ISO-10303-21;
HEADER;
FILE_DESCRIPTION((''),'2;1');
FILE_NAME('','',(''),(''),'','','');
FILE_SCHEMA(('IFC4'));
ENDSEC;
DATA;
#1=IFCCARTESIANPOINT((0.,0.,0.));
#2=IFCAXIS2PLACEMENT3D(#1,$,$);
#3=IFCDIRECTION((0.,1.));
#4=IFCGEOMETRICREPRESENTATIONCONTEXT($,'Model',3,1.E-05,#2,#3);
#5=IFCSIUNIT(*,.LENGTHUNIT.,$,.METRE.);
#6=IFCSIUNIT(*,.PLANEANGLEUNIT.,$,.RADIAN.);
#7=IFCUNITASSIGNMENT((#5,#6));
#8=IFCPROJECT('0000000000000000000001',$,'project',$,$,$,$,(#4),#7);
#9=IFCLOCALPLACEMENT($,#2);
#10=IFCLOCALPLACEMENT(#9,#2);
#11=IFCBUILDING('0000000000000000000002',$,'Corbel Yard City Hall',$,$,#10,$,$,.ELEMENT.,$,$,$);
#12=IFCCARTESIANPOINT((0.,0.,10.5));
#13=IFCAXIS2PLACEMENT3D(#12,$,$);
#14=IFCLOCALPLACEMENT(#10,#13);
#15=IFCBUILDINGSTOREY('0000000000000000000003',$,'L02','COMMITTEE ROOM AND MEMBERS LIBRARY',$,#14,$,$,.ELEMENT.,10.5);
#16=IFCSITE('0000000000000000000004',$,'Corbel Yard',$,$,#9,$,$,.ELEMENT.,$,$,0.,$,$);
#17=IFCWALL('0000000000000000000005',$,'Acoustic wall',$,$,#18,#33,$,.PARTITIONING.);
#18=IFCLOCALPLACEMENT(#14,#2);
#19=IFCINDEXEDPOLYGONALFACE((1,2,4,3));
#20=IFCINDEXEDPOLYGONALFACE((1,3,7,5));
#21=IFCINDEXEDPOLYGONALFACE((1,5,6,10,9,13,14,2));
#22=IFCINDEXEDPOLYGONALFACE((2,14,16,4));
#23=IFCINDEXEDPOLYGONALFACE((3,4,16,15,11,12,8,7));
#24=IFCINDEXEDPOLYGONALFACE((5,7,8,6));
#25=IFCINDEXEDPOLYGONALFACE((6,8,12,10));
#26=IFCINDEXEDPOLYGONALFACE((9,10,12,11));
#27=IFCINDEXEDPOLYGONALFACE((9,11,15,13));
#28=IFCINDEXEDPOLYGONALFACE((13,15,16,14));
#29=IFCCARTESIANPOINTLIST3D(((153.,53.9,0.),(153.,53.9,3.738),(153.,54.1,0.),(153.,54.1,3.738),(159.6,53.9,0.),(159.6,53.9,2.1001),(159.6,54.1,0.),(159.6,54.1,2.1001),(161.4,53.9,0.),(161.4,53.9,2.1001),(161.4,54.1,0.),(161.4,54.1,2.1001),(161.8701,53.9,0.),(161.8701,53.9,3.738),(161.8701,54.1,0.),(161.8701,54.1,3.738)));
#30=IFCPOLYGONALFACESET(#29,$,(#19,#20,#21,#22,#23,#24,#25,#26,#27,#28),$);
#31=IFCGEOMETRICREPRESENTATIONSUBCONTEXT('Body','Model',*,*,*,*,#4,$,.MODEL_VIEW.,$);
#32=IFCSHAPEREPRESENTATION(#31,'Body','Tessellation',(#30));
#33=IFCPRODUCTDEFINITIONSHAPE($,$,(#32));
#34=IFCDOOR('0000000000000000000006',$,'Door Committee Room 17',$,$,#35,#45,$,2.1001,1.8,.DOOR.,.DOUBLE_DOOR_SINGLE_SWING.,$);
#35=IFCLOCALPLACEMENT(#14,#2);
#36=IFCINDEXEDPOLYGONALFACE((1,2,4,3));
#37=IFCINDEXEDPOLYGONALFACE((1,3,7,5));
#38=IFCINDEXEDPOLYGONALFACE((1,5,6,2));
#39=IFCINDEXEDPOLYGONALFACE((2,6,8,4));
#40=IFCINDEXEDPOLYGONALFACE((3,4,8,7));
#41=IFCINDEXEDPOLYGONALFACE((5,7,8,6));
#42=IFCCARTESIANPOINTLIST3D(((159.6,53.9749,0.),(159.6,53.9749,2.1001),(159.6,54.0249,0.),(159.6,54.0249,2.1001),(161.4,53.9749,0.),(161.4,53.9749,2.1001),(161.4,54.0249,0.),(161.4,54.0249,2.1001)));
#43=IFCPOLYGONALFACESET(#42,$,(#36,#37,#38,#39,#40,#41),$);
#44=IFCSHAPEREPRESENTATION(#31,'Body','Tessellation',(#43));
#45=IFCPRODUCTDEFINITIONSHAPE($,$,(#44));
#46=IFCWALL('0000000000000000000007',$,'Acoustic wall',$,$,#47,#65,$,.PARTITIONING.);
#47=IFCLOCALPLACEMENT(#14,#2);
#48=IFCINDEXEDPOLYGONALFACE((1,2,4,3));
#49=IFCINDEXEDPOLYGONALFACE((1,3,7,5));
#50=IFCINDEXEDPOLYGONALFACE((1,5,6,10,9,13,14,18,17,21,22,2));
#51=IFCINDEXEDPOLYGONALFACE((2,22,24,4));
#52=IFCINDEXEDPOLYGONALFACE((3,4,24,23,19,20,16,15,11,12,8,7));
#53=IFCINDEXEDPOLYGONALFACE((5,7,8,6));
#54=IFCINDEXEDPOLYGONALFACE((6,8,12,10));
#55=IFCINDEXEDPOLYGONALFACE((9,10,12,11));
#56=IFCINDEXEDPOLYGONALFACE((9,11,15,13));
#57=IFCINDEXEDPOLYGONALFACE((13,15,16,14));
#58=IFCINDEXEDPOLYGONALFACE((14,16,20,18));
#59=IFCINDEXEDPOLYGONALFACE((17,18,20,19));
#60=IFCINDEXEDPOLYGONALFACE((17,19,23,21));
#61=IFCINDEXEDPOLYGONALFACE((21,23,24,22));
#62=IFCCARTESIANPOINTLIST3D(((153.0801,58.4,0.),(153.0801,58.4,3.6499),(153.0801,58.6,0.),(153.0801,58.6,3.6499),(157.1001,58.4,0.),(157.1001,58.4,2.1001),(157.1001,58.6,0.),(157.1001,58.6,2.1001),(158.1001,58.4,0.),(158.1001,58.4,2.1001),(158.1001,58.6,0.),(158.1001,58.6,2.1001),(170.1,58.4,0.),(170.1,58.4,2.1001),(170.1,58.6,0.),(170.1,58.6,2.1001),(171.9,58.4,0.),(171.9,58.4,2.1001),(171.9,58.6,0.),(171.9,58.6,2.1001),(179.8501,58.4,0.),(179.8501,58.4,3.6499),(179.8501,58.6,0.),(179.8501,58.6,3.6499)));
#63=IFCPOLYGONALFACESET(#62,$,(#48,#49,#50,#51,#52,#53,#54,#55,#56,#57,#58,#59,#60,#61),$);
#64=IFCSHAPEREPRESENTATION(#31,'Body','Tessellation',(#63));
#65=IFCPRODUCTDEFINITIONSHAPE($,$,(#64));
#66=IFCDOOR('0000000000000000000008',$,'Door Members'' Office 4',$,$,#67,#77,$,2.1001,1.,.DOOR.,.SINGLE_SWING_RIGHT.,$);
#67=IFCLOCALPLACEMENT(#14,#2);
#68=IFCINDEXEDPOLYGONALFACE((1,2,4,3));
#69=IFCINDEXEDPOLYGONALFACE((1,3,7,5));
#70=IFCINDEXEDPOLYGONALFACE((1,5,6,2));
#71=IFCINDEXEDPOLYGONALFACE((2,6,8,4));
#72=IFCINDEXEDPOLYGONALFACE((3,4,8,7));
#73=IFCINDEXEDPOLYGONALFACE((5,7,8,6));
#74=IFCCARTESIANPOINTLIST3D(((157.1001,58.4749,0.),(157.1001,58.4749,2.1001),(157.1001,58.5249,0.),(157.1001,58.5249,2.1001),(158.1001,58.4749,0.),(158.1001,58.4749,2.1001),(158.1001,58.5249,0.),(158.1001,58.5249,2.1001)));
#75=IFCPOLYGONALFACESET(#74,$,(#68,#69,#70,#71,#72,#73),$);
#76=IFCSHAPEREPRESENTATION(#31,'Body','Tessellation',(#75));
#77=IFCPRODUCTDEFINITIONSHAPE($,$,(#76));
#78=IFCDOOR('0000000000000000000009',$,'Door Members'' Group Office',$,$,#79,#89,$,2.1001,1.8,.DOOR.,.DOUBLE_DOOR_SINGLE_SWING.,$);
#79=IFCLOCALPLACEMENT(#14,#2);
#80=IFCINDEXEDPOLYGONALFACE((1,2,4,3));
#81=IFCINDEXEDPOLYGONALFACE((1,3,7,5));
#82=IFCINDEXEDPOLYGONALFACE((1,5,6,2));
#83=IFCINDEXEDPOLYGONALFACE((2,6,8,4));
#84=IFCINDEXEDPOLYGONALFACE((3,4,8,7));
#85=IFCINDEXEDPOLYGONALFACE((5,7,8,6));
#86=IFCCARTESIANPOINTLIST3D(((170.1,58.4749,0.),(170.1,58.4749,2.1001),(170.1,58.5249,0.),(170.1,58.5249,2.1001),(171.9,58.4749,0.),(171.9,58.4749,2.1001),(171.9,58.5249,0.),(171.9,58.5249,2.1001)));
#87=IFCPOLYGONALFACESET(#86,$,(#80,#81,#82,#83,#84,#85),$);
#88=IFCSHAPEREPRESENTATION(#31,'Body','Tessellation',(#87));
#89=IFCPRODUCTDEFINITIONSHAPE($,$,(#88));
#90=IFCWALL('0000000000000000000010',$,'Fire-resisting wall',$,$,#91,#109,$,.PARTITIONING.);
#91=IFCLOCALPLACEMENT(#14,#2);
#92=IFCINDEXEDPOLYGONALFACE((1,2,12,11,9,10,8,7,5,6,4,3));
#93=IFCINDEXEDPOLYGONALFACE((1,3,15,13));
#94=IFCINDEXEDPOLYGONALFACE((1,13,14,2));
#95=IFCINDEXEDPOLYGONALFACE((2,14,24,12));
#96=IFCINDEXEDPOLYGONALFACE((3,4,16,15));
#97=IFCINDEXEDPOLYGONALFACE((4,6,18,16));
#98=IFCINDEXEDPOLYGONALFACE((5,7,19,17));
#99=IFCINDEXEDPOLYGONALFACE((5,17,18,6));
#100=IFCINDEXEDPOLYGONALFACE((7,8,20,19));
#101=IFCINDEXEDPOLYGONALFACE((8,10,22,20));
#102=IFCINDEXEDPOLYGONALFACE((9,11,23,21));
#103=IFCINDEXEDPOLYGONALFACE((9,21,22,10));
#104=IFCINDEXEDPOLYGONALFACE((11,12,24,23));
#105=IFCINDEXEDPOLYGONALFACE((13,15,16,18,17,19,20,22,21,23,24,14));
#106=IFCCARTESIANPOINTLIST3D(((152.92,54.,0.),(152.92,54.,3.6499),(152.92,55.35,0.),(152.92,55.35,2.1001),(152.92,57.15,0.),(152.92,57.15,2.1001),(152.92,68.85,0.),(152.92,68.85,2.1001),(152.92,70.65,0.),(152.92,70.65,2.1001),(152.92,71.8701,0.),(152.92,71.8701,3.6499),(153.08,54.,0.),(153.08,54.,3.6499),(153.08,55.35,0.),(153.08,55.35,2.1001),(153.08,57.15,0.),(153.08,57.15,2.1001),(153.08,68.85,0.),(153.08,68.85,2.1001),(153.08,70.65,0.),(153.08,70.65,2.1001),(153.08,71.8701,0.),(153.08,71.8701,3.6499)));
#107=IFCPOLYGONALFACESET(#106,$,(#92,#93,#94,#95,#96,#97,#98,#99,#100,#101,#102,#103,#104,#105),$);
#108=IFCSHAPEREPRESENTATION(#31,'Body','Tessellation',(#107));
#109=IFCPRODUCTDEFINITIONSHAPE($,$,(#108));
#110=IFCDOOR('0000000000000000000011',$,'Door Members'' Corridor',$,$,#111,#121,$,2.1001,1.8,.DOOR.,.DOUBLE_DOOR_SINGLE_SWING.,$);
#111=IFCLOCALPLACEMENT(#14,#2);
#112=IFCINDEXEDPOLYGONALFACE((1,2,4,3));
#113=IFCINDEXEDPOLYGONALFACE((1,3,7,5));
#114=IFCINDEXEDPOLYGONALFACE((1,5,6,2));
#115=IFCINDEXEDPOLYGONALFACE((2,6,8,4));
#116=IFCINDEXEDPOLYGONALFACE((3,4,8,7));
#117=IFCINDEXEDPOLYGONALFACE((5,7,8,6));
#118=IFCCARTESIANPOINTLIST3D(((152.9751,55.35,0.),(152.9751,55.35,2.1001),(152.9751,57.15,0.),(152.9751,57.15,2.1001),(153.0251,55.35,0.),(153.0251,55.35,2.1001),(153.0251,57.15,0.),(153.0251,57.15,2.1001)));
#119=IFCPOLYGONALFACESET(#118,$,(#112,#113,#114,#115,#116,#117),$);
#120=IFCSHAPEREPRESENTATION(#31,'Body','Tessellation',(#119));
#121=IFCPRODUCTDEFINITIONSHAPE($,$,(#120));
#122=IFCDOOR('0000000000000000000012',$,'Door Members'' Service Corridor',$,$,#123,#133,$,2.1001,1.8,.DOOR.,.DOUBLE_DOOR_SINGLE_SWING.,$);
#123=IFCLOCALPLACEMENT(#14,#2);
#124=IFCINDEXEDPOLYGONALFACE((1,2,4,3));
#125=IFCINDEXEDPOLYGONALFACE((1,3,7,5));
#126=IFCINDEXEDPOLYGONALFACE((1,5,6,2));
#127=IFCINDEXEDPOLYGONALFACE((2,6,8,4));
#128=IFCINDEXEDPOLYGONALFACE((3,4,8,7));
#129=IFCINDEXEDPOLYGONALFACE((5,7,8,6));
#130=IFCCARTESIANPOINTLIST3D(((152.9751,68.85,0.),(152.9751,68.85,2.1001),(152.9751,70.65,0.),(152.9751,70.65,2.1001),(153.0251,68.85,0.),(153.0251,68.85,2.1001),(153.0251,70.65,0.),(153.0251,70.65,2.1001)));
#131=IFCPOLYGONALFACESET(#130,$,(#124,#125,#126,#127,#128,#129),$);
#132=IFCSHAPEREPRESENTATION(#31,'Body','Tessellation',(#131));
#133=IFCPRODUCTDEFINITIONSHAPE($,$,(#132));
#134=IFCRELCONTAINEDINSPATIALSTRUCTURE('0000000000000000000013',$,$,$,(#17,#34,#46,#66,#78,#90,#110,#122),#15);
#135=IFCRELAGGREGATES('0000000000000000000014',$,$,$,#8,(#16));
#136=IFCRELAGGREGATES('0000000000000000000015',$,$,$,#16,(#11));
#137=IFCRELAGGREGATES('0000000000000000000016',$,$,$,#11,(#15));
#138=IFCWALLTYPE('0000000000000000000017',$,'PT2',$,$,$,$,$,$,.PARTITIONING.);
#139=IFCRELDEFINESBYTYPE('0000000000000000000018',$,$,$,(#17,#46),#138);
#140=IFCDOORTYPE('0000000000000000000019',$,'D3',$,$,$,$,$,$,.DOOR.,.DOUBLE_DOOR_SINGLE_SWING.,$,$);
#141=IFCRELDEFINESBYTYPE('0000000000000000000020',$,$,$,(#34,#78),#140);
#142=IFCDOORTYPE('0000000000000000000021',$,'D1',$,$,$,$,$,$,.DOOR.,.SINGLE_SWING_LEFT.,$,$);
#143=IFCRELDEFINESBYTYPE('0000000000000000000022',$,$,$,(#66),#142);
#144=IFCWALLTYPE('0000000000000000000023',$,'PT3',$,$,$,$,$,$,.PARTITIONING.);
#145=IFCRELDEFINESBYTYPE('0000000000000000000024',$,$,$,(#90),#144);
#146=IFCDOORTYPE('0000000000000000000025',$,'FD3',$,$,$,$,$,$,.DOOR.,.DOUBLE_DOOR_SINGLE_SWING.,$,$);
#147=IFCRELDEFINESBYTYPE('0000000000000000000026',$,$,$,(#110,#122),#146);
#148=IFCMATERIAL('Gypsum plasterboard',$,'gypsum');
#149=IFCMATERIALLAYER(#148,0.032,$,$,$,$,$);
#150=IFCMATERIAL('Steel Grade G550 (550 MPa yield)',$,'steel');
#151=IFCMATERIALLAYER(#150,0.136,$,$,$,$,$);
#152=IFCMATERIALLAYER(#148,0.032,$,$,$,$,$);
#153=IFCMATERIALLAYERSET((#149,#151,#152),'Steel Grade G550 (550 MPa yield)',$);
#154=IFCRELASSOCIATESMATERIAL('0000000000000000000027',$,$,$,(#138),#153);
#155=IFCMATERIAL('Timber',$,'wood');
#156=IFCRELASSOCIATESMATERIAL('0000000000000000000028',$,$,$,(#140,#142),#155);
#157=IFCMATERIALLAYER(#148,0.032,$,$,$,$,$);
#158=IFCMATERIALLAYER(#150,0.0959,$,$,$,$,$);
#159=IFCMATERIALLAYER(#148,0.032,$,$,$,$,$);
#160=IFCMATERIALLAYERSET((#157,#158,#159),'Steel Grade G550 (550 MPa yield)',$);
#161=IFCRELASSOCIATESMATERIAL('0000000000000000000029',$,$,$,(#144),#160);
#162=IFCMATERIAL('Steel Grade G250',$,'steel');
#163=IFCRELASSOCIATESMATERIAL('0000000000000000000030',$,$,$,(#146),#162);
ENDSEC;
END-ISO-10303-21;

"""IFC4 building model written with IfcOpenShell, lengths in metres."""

from ifc_helpers import new_model, si_unit, direction, frame, frame_2d, origin, place, context, subcontext, project, spatial, rectangle, extrude, material, layer, layer_set, type_object, element, fill, save


model = new_model("IFC4")

# Units and contexts
model_context = context("Model", 3, precision=1e-05, world=origin(), true_north=direction((0.0, 1.0)))
body_context = subcontext(model_context, "Body", "Model", "MODEL_VIEW")
ifc_project = project(units=[si_unit("LENGTHUNIT", "METRE"), si_unit("PLANEANGLEUNIT", "RADIAN")], contexts=[model_context])

# Site, building, storey
site_placement = place(None, origin())
site = spatial("IfcSite", under=ifc_project, at=site_placement, Name="Corbel Yard", CompositionType="ELEMENT", RefElevation=0.0)
building_placement = place(site_placement, origin())
building = spatial("IfcBuilding", under=site, at=building_placement, Name="Corbel Yard City Hall", CompositionType="ELEMENT")
storey_placement = place(building_placement, frame((0.0, 0.0, 10.5)))
storey = spatial("IfcBuildingStorey", under=building, at=storey_placement, Name="L02", Description="COMMITTEE ROOM AND MEMBERS LIBRARY", CompositionType="ELEMENT", Elevation=10.5)

# Shared definitions
ifc_material_1 = material(Name="Steel Grade G250", Category="steel")

# Wall, opening, door
ifc_material_2 = material(Name="Gypsum plasterboard", Category="gypsum")
ifc_layer_1 = layer(ifc_material_2, 0.032)
ifc_material_3 = material(Name="Steel Grade G550 (550 MPa yield)", Category="steel")
ifc_layer_2 = layer(ifc_material_3, 0.136)
ifc_layer_3 = layer(ifc_material_2, 0.032)
ifc_layer_set_1 = layer_set([ifc_layer_1, ifc_layer_2, ifc_layer_3], Name="Steel Grade G550 (550 MPa yield)")
wall_type_1 = type_object("IfcWallType", Name="PT2", PredefinedType="PARTITIONING", material=ifc_layer_set_1)
wall_1_placement = place(storey_placement, frame((153.0, 54.0, 0.0), z_axis=(0.0, 0.0, 1.0), x_axis=(1.0, 0.0, 0.0)))
wall_1 = element("IfcWall", 1, at=wall_1_placement, inside=storey, type_object=wall_type_1, Name="Acoustic wall", PredefinedType="PARTITIONING", context=body_context, shape_type="SweptSolid", body=[
    extrude(rectangle(XDim=8.8701, YDim=0.2, at=frame_2d((4.4351, 0.0))), origin(), (0.0, 0.0, 1.0), 3.738),
])
opening_1_placement = place(wall_1_placement, frame((6.6001, 0.0, 0.0)))
opening_1 = element("IfcOpeningElement", 2, at=opening_1_placement, cuts=wall_1, PredefinedType="OPENING", context=body_context, shape_type="SweptSolid", body=[
    extrude(rectangle(XDim=1.8, YDim=2.1001, at=frame_2d((0.8999, 1.05))), frame((0.0, 0.1099, 0.0), z_axis=(0.0, -1.0, 0.0), x_axis=(1.0, 0.0, 0.0)), (0.0, 0.0, 1.0), 0.22),
])
ifc_material_4 = material(Name="Timber", Category="wood")
door_type_1 = type_object("IfcDoorType", Name="D3", OperationType="DOUBLE_DOOR_SINGLE_SWING", PredefinedType="DOOR", material=ifc_material_4)
door_1_placement = place(opening_1_placement, origin())
door_1 = element("IfcDoor", 3, at=door_1_placement, inside=storey, type_object=door_type_1, Name="Door Committee Room 17", OperationType="DOUBLE_DOOR_SINGLE_SWING", OverallHeight=2.1001, OverallWidth=1.8, PredefinedType="DOOR", context=body_context, shape_type="SweptSolid", body=[
    extrude(rectangle(XDim=1.8, YDim=2.1001, at=frame_2d((0.8999, 1.05))), frame((0.0, 0.0249, 0.0), z_axis=(0.0, -1.0, 0.0), x_axis=(1.0, 0.0, 0.0)), (0.0, 0.0, 1.0), 0.05),
])
fill(opening_1, door_1)

# Walls, openings, doors
wall_2_placement = place(storey_placement, frame((153.0801, 58.5, 0.0), z_axis=(0.0, 0.0, 1.0), x_axis=(1.0, 0.0, 0.0)))
wall_2 = element("IfcWall", 4, at=wall_2_placement, inside=storey, type_object=wall_type_1, Name="Acoustic wall", PredefinedType="PARTITIONING", context=body_context, shape_type="SweptSolid", body=[
    extrude(rectangle(XDim=26.77, YDim=0.2, at=frame_2d((13.385, 0.0))), origin(), (0.0, 0.0, 1.0), 3.6499),
])
opening_2_placement = place(wall_2_placement, frame((4.02, 0.0, 0.0)))
opening_2 = element("IfcOpeningElement", 5, at=opening_2_placement, cuts=wall_2, PredefinedType="OPENING", context=body_context, shape_type="SweptSolid", body=[
    extrude(rectangle(XDim=1.0, YDim=2.1001, at=frame_2d((0.5, 1.05))), frame((0.0, 0.1099, 0.0), z_axis=(0.0, -1.0, 0.0), x_axis=(1.0, 0.0, 0.0)), (0.0, 0.0, 1.0), 0.22),
])
opening_3_placement = place(wall_2_placement, frame((17.02, 0.0, 0.0)))
opening_3 = element("IfcOpeningElement", 6, at=opening_3_placement, cuts=wall_2, PredefinedType="OPENING", context=body_context, shape_type="SweptSolid", body=[
    extrude(rectangle(XDim=1.8, YDim=2.1001, at=frame_2d((0.8999, 1.05))), frame((0.0, 0.1099, 0.0), z_axis=(0.0, -1.0, 0.0), x_axis=(1.0, 0.0, 0.0)), (0.0, 0.0, 1.0), 0.22),
])
door_type_2 = type_object("IfcDoorType", Name="D1", OperationType="SINGLE_SWING_LEFT", PredefinedType="DOOR", material=ifc_material_4)
door_2_placement = place(opening_2_placement, origin())
door_2 = element("IfcDoor", 7, at=door_2_placement, inside=storey, type_object=door_type_2, Name="Door Members' Office 4", OperationType="SINGLE_SWING_RIGHT", OverallHeight=2.1001, OverallWidth=1.0, PredefinedType="DOOR", context=body_context, shape_type="SweptSolid", body=[
    extrude(rectangle(XDim=1.0, YDim=2.1001, at=frame_2d((0.5, 1.05))), frame((0.0, 0.0249, 0.0), z_axis=(0.0, -1.0, 0.0), x_axis=(1.0, 0.0, 0.0)), (0.0, 0.0, 1.0), 0.05),
])
fill(opening_2, door_2)
door_3_placement = place(opening_3_placement, origin())
door_3 = element("IfcDoor", 8, at=door_3_placement, inside=storey, type_object=door_type_1, Name="Door Members' Group Office", OperationType="DOUBLE_DOOR_SINGLE_SWING", OverallHeight=2.1001, OverallWidth=1.8, PredefinedType="DOOR", context=body_context, shape_type="SweptSolid", body=[
    extrude(rectangle(XDim=1.8, YDim=2.1001, at=frame_2d((0.8999, 1.05))), frame((0.0, 0.0249, 0.0), z_axis=(0.0, -1.0, 0.0), x_axis=(1.0, 0.0, 0.0)), (0.0, 0.0, 1.0), 0.05),
])
fill(opening_3, door_3)
ifc_layer_4 = layer(ifc_material_2, 0.032)
ifc_layer_5 = layer(ifc_material_3, 0.0959)
ifc_layer_6 = layer(ifc_material_2, 0.032)
ifc_layer_set_2 = layer_set([ifc_layer_4, ifc_layer_5, ifc_layer_6], Name="Steel Grade G550 (550 MPa yield)")
wall_type_2 = type_object("IfcWallType", Name="PT3", PredefinedType="PARTITIONING", material=ifc_layer_set_2)
wall_3_placement = place(storey_placement, frame((153.0, 54.0, 0.0), z_axis=(0.0, 0.0, 1.0), x_axis=(0.0, 1.0, 0.0)))
wall_3 = element("IfcWall", 9, at=wall_3_placement, inside=storey, type_object=wall_type_2, Name="Fire-resisting wall", PredefinedType="PARTITIONING", context=body_context, shape_type="SweptSolid", body=[
    extrude(rectangle(XDim=17.8701, YDim=0.1599, at=frame_2d((8.9351, 0.0))), origin(), (0.0, 0.0, 1.0), 3.6499),
])
opening_4_placement = place(wall_3_placement, frame((1.3501, 0.0, 0.0)))
opening_4 = element("IfcOpeningElement", 10, at=opening_4_placement, cuts=wall_3, PredefinedType="OPENING", context=body_context, shape_type="SweptSolid", body=[
    extrude(rectangle(XDim=1.8, YDim=2.1001, at=frame_2d((0.8999, 1.05))), frame((0.0, 0.0898, 0.0), z_axis=(0.0, -1.0, 0.0), x_axis=(1.0, 0.0, 0.0)), (0.0, 0.0, 1.0), 0.1799),
])
opening_5_placement = place(wall_3_placement, frame((14.8501, 0.0, 0.0)))
opening_5 = element("IfcOpeningElement", 11, at=opening_5_placement, cuts=wall_3, PredefinedType="OPENING", context=body_context, shape_type="SweptSolid", body=[
    extrude(rectangle(XDim=1.8, YDim=2.1001, at=frame_2d((0.8999, 1.05))), frame((0.0, 0.0898, 0.0), z_axis=(0.0, -1.0, 0.0), x_axis=(1.0, 0.0, 0.0)), (0.0, 0.0, 1.0), 0.1799),
])
door_type_3 = type_object("IfcDoorType", Name="FD3", OperationType="DOUBLE_DOOR_SINGLE_SWING", PredefinedType="DOOR", material=ifc_material_1)
door_4_placement = place(opening_4_placement, origin())
door_4 = element("IfcDoor", 12, at=door_4_placement, inside=storey, type_object=door_type_3, Name="Door Members' Corridor", OperationType="DOUBLE_DOOR_SINGLE_SWING", OverallHeight=2.1001, OverallWidth=1.8, PredefinedType="DOOR", context=body_context, shape_type="SweptSolid", body=[
    extrude(rectangle(XDim=1.8, YDim=2.1001, at=frame_2d((0.8999, 1.05))), frame((0.0, 0.0249, 0.0), z_axis=(0.0, -1.0, 0.0), x_axis=(1.0, 0.0, 0.0)), (0.0, 0.0, 1.0), 0.05),
])
fill(opening_4, door_4)
door_5_placement = place(opening_5_placement, origin())
door_5 = element("IfcDoor", 13, at=door_5_placement, inside=storey, type_object=door_type_3, Name="Door Members' Service Corridor", OperationType="DOUBLE_DOOR_SINGLE_SWING", OverallHeight=2.1001, OverallWidth=1.8, PredefinedType="DOOR", context=body_context, shape_type="SweptSolid", body=[
    extrude(rectangle(XDim=1.8, YDim=2.1001, at=frame_2d((0.8999, 1.05))), frame((0.0, 0.0249, 0.0), z_axis=(0.0, -1.0, 0.0), x_axis=(1.0, 0.0, 0.0)), (0.0, 0.0, 1.0), 0.05),
])
fill(opening_5, door_5)

save(model, "model.ifc")
